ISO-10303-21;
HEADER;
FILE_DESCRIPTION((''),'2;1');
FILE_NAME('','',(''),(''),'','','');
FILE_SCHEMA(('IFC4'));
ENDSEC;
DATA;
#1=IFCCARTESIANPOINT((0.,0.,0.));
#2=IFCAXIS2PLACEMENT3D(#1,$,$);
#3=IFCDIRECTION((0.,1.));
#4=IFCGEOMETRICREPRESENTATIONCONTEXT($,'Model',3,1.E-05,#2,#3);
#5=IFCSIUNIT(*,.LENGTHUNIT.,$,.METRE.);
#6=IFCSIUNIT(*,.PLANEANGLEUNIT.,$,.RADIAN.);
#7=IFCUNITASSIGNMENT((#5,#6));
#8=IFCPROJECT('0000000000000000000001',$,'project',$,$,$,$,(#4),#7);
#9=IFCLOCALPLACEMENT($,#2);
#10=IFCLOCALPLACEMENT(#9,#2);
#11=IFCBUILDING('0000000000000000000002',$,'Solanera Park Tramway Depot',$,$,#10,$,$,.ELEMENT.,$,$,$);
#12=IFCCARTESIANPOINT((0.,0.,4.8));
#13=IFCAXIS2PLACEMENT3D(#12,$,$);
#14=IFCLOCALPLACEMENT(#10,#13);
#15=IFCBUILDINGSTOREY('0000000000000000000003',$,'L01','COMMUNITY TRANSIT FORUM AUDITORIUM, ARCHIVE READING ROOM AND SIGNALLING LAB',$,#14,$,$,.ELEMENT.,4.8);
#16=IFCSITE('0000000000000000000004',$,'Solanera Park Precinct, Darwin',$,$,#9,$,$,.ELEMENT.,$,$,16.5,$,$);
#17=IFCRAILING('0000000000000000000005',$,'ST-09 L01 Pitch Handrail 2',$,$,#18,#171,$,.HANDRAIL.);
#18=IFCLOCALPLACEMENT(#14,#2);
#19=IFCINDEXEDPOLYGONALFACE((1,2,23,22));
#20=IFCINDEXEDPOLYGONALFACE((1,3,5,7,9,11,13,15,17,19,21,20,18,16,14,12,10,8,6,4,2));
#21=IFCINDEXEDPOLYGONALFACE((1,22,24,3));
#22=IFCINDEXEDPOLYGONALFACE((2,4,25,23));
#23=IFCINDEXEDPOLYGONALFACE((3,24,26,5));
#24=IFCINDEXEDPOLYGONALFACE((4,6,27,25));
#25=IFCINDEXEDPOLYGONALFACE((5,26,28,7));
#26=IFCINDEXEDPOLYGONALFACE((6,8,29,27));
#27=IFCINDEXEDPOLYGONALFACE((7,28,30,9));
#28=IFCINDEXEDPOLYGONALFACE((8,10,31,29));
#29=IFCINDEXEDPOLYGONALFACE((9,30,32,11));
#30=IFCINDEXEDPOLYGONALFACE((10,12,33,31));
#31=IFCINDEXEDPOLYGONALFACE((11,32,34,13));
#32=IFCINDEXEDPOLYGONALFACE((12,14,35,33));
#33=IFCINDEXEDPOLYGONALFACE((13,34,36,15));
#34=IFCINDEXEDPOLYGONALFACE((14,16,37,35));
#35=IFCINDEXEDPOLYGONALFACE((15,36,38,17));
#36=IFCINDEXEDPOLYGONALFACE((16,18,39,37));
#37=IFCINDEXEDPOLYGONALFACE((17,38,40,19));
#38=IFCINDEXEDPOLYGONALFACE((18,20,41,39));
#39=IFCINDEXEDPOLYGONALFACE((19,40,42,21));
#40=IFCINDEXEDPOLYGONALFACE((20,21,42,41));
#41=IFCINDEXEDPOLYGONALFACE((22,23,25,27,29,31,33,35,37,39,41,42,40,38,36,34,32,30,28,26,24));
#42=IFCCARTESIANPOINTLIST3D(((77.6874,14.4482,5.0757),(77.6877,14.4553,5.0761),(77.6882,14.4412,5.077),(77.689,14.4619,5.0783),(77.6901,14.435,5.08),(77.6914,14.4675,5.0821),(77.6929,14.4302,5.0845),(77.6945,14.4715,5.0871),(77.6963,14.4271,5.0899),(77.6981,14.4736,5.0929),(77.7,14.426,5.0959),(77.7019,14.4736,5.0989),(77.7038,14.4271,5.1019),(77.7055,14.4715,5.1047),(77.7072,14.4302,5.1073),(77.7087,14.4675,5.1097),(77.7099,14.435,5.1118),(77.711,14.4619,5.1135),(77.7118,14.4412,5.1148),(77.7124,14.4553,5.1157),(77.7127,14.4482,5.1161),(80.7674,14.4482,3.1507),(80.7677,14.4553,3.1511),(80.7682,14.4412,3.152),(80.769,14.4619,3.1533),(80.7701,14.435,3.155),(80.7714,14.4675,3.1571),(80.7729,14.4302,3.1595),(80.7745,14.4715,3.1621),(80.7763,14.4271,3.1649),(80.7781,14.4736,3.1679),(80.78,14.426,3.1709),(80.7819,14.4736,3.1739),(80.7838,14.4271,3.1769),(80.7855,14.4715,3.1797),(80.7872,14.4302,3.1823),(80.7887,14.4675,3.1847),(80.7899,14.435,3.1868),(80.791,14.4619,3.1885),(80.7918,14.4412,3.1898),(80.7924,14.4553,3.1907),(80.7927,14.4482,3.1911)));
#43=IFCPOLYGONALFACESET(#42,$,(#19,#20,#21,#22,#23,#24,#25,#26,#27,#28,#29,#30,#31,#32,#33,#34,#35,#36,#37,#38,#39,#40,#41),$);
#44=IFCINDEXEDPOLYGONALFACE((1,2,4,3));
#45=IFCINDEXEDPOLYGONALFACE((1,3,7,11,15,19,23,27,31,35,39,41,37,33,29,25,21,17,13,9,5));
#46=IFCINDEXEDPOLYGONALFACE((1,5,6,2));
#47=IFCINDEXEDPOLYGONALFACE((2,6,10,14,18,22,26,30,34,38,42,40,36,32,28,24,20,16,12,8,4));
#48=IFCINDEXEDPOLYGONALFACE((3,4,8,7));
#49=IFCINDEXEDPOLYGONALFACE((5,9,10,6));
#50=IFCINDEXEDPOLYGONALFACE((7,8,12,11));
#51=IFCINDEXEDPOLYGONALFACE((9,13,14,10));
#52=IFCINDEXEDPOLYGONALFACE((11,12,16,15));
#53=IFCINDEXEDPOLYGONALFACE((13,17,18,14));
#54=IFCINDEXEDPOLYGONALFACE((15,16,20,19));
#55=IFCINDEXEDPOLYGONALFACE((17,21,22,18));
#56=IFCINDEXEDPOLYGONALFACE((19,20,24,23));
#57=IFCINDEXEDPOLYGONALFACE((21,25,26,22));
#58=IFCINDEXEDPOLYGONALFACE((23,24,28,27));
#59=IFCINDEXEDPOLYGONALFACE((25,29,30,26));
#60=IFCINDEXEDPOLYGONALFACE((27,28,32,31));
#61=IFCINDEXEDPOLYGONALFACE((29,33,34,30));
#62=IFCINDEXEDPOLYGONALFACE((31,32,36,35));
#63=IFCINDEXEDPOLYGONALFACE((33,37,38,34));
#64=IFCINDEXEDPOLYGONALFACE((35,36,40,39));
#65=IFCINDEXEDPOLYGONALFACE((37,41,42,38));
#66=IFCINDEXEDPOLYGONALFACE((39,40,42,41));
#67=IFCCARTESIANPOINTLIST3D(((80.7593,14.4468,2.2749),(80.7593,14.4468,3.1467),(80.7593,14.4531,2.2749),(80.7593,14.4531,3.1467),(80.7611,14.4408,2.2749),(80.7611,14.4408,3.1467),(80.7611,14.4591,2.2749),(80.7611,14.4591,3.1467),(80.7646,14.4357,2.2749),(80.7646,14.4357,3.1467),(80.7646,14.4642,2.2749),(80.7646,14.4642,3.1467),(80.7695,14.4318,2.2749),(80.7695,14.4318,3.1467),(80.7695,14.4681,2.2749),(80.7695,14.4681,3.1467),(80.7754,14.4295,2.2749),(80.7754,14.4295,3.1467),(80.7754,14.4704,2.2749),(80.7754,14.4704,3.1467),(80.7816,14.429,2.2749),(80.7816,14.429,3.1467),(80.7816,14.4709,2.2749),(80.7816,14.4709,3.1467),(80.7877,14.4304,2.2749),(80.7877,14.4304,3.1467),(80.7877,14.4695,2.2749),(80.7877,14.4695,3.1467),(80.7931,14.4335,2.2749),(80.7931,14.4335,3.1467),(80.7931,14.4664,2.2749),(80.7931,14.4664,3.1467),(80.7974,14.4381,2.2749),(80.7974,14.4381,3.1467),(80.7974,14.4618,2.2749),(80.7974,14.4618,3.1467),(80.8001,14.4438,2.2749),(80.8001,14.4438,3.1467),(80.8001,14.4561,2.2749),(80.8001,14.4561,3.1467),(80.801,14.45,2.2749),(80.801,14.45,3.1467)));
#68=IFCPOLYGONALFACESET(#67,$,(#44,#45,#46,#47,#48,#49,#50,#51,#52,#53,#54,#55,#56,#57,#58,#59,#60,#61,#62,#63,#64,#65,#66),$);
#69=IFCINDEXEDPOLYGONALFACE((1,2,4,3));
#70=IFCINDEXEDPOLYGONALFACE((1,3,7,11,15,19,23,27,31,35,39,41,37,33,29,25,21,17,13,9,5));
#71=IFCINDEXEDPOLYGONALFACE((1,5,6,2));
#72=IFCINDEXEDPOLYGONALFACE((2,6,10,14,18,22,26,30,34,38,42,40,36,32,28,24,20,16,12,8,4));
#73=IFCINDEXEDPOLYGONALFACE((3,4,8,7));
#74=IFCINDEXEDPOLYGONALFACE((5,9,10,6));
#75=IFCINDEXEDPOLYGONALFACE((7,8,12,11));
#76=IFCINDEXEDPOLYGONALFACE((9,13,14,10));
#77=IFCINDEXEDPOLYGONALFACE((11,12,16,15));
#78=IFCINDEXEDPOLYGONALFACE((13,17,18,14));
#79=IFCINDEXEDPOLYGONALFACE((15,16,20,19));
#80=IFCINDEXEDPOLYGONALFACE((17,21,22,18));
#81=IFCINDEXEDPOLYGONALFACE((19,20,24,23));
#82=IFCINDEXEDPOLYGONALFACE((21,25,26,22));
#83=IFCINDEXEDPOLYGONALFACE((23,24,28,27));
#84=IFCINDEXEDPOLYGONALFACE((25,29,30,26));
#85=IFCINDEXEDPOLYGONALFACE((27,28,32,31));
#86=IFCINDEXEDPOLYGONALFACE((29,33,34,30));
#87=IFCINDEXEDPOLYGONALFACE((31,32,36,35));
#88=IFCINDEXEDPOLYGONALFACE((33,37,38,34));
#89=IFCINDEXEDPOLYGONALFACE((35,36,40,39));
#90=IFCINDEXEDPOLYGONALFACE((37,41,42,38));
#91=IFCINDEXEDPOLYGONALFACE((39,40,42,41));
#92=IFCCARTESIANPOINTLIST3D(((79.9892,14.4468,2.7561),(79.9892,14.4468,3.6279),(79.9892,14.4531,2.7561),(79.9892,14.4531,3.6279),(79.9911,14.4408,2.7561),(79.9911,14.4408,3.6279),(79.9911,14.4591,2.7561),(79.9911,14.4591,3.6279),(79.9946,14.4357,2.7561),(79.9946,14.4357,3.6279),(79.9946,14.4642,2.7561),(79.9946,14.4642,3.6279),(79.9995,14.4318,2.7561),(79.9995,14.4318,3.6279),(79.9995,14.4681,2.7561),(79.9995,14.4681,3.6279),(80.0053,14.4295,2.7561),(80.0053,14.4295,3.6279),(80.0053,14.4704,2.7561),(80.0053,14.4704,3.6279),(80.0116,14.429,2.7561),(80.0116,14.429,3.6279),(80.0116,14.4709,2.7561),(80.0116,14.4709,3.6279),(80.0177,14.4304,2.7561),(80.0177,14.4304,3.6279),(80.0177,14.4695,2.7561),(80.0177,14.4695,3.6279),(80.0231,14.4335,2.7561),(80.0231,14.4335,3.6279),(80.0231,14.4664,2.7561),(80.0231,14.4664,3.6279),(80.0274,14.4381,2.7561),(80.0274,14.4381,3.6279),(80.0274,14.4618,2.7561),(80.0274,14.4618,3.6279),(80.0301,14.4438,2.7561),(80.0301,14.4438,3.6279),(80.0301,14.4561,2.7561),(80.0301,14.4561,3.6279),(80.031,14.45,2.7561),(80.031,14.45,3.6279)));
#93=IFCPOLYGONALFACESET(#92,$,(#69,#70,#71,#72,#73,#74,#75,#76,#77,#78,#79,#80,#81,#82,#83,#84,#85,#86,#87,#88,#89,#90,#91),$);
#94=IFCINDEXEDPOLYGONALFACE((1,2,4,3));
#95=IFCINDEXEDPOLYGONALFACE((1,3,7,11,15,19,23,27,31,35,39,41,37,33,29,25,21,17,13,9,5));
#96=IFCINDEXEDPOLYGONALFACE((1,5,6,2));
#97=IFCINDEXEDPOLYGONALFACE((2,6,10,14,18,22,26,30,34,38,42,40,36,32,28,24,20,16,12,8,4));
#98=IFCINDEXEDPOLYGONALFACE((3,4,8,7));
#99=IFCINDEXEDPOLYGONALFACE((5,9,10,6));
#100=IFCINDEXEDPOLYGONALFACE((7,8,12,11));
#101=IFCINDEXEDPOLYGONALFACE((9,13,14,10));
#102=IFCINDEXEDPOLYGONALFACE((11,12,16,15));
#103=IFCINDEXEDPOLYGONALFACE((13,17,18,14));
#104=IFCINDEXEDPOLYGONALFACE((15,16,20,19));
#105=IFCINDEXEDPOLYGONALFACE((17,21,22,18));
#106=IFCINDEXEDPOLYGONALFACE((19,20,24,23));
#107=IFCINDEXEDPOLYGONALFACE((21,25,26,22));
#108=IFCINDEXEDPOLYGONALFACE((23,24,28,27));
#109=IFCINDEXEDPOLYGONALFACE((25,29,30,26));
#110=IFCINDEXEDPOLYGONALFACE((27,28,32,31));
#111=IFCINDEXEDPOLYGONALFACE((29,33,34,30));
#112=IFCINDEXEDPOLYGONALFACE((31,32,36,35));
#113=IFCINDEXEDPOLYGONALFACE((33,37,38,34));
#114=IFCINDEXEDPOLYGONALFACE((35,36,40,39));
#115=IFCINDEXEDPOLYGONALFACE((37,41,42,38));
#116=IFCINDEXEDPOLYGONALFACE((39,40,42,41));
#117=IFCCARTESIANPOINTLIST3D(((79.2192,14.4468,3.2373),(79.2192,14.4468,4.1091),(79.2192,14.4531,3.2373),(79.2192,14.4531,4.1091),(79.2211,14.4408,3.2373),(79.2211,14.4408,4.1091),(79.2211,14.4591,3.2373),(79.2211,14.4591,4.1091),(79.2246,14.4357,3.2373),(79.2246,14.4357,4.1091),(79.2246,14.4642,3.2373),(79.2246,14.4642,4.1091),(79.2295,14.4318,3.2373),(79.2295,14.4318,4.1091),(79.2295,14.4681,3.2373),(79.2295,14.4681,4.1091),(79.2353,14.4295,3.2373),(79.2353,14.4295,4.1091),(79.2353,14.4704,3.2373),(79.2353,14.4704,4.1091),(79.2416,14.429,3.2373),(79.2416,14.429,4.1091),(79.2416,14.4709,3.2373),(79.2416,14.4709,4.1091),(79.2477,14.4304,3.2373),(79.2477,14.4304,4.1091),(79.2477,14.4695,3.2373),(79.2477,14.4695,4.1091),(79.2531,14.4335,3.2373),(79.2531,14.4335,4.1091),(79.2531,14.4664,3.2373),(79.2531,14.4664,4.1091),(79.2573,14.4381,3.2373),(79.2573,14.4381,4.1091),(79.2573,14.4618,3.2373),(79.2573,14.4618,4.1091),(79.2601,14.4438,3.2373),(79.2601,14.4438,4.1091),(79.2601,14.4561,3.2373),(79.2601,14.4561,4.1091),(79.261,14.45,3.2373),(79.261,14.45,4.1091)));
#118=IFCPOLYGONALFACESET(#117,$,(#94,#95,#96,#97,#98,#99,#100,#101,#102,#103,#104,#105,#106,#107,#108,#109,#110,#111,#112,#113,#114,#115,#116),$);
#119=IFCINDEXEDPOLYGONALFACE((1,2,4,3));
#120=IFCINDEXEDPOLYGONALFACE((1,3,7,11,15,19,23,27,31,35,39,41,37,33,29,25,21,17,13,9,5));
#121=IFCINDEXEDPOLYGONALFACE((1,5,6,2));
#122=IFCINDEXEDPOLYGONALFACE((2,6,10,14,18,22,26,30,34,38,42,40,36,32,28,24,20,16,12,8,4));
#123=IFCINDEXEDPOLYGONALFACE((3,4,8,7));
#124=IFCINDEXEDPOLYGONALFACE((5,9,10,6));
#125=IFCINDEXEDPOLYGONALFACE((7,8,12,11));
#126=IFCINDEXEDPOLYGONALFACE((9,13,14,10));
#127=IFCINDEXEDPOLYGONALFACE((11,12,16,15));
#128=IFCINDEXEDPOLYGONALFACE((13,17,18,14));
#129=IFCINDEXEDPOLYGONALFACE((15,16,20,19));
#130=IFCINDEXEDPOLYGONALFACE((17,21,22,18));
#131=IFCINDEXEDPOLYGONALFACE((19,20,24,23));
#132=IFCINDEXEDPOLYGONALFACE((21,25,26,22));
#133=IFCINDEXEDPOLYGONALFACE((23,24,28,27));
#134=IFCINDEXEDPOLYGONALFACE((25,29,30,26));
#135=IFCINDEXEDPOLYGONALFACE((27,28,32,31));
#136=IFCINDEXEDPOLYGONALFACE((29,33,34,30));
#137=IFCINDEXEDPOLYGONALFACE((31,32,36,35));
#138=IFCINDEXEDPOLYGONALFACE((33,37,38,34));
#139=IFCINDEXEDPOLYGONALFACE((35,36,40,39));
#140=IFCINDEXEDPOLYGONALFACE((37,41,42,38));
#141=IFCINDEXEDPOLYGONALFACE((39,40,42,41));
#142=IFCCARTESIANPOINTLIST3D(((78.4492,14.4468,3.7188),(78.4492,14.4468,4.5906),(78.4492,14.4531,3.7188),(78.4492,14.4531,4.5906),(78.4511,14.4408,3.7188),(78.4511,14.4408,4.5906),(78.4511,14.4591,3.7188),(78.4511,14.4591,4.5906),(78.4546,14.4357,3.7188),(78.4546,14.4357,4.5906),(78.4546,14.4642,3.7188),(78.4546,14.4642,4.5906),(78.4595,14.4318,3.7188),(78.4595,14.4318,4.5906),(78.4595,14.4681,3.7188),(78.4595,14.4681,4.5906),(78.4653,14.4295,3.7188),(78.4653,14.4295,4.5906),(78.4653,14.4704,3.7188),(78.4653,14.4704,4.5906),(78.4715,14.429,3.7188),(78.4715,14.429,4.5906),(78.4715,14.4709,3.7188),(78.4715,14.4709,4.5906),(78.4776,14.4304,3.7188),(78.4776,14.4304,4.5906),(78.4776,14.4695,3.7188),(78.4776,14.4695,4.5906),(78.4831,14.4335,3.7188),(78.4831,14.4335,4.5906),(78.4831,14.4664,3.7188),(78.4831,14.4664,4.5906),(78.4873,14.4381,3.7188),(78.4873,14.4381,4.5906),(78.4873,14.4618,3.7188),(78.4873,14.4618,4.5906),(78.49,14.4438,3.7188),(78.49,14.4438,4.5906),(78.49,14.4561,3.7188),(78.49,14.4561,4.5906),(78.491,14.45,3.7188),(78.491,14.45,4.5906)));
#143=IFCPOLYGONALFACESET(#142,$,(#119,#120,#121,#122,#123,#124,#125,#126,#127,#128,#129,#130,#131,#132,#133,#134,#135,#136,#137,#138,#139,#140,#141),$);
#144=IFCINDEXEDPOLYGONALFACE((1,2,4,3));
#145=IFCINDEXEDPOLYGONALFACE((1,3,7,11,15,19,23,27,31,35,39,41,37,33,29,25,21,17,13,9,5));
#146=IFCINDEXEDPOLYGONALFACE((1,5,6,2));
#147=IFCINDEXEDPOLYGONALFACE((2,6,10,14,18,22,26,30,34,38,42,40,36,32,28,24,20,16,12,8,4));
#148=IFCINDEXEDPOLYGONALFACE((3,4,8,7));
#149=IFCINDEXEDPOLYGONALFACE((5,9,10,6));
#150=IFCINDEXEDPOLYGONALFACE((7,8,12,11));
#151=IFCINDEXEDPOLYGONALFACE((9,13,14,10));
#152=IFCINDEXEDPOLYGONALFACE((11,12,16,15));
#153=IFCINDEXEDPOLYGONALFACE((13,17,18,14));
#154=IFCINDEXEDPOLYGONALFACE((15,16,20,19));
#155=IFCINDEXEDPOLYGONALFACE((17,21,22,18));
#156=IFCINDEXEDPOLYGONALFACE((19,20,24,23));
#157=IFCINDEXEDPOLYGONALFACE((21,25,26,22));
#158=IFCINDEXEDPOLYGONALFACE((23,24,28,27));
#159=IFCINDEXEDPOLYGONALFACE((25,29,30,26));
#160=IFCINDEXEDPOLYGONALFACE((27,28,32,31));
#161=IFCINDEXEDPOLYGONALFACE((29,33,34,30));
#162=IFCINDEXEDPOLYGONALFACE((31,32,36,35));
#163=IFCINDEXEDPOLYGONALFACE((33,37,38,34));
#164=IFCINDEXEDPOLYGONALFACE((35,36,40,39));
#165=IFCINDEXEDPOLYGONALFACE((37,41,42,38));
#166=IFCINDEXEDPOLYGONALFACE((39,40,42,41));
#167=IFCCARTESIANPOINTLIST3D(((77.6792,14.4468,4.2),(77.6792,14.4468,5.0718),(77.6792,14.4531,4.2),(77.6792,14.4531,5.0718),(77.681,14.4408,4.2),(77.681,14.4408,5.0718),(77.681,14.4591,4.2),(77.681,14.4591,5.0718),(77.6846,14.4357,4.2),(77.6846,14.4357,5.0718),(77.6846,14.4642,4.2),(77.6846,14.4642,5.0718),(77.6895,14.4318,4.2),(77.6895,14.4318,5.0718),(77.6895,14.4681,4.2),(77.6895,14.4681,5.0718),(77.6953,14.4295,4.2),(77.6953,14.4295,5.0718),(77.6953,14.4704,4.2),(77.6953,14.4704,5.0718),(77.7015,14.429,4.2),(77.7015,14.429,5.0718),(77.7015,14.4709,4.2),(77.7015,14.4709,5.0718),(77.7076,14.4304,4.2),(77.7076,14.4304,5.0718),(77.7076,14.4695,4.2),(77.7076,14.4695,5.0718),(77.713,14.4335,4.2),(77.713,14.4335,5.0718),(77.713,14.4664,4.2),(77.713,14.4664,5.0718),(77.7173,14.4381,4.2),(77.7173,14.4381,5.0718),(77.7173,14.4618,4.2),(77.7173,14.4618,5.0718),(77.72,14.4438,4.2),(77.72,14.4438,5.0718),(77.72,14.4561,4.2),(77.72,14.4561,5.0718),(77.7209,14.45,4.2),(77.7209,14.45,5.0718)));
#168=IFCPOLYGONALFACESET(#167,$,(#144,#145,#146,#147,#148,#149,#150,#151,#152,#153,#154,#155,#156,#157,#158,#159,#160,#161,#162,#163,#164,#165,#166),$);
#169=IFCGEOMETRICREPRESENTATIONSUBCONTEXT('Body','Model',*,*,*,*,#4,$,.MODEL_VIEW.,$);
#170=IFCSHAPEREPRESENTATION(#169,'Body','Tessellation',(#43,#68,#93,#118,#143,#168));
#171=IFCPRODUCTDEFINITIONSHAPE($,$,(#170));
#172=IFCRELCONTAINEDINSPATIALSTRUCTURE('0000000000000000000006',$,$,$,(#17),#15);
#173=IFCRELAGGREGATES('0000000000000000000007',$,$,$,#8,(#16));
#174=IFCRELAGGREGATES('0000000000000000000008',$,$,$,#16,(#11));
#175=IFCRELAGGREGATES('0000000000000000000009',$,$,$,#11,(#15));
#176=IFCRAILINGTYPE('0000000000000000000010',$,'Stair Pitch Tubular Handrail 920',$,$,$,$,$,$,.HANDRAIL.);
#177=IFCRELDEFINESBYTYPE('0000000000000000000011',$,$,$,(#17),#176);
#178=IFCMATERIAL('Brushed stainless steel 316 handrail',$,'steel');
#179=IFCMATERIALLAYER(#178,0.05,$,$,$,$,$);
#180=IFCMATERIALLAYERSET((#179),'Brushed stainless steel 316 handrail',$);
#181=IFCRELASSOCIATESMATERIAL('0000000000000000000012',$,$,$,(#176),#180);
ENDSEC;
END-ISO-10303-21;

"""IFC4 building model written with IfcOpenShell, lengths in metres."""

from ifc_helpers import new_model, si_unit, direction, frame, origin, origin_2d, place, context, subcontext, project, spatial, circle, extrude, material, layer, layer_set, type_object, element, save


model = new_model("IFC4")

# Units and contexts
model_context = context("Model", 3, precision=1e-05, world=origin(), true_north=direction((0.0, 1.0)))
body_context = subcontext(model_context, "Body", "Model", "MODEL_VIEW")
ifc_project = project(units=[si_unit("LENGTHUNIT", "METRE"), si_unit("PLANEANGLEUNIT", "RADIAN")], contexts=[model_context])

# Site, building, storey
site_placement = place(None, origin())
site = spatial("IfcSite", under=ifc_project, at=site_placement, Name="Solanera Park Precinct, Darwin", CompositionType="ELEMENT", RefElevation=16.5)
building_placement = place(site_placement, origin())
building = spatial("IfcBuilding", under=site, at=building_placement, Name="Solanera Park Tramway Depot", CompositionType="ELEMENT")
storey_placement = place(building_placement, frame((0.0, 0.0, 4.8)))
storey = spatial("IfcBuildingStorey", under=building, at=storey_placement, Name="L01", Description="COMMUNITY TRANSIT FORUM AUDITORIUM, ARCHIVE READING ROOM AND SIGNALLING LAB", CompositionType="ELEMENT", Elevation=4.8)

# Railing
ifc_material_1 = material(Name="Brushed stainless steel 316 handrail", Category="steel")
ifc_layer_1 = layer(ifc_material_1, 0.05)
ifc_layer_set_1 = layer_set([ifc_layer_1], Name="Brushed stainless steel 316 handrail")
railing_type_1 = type_object("IfcRailingType", Name="Stair Pitch Tubular Handrail 920", PredefinedType="HANDRAIL", material=ifc_layer_set_1)
railing_1_placement = place(storey_placement, frame((80.78, 14.45, 2.2749)))
element("IfcRailing", 1, at=railing_1_placement, inside=storey, type_object=railing_type_1, Name="ST-09 L01 Pitch Handrail 2", PredefinedType="HANDRAIL", context=body_context, shape_type="SweptSolid", body=[
    extrude(circle(Radius=0.0239, at=origin_2d()), frame((0.0, 0.0, 0.896), z_axis=(-0.847998, 0.0, 0.529999), x_axis=(0.0, -1.0, 0.0)), (0.0, 0.0, 1.0), 3.6321),
    extrude(circle(Radius=0.021, at=origin_2d()), origin(), (0.0, 0.0, 1.0), 0.8718),
    extrude(circle(Radius=0.021, at=origin_2d()), frame((-0.77, 0.0, 0.4812)), (0.0, 0.0, 1.0), 0.8718),
    extrude(circle(Radius=0.021, at=origin_2d()), frame((-1.54, 0.0, 0.9624)), (0.0, 0.0, 1.0), 0.8718),
    extrude(circle(Radius=0.021, at=origin_2d()), frame((-2.3101, 0.0, 1.4438)), (0.0, 0.0, 1.0), 0.8718),
    extrude(circle(Radius=0.021, at=origin_2d()), frame((-3.0801, 0.0, 1.925)), (0.0, 0.0, 1.0), 0.8718),
])

save(model, "model.ifc")
